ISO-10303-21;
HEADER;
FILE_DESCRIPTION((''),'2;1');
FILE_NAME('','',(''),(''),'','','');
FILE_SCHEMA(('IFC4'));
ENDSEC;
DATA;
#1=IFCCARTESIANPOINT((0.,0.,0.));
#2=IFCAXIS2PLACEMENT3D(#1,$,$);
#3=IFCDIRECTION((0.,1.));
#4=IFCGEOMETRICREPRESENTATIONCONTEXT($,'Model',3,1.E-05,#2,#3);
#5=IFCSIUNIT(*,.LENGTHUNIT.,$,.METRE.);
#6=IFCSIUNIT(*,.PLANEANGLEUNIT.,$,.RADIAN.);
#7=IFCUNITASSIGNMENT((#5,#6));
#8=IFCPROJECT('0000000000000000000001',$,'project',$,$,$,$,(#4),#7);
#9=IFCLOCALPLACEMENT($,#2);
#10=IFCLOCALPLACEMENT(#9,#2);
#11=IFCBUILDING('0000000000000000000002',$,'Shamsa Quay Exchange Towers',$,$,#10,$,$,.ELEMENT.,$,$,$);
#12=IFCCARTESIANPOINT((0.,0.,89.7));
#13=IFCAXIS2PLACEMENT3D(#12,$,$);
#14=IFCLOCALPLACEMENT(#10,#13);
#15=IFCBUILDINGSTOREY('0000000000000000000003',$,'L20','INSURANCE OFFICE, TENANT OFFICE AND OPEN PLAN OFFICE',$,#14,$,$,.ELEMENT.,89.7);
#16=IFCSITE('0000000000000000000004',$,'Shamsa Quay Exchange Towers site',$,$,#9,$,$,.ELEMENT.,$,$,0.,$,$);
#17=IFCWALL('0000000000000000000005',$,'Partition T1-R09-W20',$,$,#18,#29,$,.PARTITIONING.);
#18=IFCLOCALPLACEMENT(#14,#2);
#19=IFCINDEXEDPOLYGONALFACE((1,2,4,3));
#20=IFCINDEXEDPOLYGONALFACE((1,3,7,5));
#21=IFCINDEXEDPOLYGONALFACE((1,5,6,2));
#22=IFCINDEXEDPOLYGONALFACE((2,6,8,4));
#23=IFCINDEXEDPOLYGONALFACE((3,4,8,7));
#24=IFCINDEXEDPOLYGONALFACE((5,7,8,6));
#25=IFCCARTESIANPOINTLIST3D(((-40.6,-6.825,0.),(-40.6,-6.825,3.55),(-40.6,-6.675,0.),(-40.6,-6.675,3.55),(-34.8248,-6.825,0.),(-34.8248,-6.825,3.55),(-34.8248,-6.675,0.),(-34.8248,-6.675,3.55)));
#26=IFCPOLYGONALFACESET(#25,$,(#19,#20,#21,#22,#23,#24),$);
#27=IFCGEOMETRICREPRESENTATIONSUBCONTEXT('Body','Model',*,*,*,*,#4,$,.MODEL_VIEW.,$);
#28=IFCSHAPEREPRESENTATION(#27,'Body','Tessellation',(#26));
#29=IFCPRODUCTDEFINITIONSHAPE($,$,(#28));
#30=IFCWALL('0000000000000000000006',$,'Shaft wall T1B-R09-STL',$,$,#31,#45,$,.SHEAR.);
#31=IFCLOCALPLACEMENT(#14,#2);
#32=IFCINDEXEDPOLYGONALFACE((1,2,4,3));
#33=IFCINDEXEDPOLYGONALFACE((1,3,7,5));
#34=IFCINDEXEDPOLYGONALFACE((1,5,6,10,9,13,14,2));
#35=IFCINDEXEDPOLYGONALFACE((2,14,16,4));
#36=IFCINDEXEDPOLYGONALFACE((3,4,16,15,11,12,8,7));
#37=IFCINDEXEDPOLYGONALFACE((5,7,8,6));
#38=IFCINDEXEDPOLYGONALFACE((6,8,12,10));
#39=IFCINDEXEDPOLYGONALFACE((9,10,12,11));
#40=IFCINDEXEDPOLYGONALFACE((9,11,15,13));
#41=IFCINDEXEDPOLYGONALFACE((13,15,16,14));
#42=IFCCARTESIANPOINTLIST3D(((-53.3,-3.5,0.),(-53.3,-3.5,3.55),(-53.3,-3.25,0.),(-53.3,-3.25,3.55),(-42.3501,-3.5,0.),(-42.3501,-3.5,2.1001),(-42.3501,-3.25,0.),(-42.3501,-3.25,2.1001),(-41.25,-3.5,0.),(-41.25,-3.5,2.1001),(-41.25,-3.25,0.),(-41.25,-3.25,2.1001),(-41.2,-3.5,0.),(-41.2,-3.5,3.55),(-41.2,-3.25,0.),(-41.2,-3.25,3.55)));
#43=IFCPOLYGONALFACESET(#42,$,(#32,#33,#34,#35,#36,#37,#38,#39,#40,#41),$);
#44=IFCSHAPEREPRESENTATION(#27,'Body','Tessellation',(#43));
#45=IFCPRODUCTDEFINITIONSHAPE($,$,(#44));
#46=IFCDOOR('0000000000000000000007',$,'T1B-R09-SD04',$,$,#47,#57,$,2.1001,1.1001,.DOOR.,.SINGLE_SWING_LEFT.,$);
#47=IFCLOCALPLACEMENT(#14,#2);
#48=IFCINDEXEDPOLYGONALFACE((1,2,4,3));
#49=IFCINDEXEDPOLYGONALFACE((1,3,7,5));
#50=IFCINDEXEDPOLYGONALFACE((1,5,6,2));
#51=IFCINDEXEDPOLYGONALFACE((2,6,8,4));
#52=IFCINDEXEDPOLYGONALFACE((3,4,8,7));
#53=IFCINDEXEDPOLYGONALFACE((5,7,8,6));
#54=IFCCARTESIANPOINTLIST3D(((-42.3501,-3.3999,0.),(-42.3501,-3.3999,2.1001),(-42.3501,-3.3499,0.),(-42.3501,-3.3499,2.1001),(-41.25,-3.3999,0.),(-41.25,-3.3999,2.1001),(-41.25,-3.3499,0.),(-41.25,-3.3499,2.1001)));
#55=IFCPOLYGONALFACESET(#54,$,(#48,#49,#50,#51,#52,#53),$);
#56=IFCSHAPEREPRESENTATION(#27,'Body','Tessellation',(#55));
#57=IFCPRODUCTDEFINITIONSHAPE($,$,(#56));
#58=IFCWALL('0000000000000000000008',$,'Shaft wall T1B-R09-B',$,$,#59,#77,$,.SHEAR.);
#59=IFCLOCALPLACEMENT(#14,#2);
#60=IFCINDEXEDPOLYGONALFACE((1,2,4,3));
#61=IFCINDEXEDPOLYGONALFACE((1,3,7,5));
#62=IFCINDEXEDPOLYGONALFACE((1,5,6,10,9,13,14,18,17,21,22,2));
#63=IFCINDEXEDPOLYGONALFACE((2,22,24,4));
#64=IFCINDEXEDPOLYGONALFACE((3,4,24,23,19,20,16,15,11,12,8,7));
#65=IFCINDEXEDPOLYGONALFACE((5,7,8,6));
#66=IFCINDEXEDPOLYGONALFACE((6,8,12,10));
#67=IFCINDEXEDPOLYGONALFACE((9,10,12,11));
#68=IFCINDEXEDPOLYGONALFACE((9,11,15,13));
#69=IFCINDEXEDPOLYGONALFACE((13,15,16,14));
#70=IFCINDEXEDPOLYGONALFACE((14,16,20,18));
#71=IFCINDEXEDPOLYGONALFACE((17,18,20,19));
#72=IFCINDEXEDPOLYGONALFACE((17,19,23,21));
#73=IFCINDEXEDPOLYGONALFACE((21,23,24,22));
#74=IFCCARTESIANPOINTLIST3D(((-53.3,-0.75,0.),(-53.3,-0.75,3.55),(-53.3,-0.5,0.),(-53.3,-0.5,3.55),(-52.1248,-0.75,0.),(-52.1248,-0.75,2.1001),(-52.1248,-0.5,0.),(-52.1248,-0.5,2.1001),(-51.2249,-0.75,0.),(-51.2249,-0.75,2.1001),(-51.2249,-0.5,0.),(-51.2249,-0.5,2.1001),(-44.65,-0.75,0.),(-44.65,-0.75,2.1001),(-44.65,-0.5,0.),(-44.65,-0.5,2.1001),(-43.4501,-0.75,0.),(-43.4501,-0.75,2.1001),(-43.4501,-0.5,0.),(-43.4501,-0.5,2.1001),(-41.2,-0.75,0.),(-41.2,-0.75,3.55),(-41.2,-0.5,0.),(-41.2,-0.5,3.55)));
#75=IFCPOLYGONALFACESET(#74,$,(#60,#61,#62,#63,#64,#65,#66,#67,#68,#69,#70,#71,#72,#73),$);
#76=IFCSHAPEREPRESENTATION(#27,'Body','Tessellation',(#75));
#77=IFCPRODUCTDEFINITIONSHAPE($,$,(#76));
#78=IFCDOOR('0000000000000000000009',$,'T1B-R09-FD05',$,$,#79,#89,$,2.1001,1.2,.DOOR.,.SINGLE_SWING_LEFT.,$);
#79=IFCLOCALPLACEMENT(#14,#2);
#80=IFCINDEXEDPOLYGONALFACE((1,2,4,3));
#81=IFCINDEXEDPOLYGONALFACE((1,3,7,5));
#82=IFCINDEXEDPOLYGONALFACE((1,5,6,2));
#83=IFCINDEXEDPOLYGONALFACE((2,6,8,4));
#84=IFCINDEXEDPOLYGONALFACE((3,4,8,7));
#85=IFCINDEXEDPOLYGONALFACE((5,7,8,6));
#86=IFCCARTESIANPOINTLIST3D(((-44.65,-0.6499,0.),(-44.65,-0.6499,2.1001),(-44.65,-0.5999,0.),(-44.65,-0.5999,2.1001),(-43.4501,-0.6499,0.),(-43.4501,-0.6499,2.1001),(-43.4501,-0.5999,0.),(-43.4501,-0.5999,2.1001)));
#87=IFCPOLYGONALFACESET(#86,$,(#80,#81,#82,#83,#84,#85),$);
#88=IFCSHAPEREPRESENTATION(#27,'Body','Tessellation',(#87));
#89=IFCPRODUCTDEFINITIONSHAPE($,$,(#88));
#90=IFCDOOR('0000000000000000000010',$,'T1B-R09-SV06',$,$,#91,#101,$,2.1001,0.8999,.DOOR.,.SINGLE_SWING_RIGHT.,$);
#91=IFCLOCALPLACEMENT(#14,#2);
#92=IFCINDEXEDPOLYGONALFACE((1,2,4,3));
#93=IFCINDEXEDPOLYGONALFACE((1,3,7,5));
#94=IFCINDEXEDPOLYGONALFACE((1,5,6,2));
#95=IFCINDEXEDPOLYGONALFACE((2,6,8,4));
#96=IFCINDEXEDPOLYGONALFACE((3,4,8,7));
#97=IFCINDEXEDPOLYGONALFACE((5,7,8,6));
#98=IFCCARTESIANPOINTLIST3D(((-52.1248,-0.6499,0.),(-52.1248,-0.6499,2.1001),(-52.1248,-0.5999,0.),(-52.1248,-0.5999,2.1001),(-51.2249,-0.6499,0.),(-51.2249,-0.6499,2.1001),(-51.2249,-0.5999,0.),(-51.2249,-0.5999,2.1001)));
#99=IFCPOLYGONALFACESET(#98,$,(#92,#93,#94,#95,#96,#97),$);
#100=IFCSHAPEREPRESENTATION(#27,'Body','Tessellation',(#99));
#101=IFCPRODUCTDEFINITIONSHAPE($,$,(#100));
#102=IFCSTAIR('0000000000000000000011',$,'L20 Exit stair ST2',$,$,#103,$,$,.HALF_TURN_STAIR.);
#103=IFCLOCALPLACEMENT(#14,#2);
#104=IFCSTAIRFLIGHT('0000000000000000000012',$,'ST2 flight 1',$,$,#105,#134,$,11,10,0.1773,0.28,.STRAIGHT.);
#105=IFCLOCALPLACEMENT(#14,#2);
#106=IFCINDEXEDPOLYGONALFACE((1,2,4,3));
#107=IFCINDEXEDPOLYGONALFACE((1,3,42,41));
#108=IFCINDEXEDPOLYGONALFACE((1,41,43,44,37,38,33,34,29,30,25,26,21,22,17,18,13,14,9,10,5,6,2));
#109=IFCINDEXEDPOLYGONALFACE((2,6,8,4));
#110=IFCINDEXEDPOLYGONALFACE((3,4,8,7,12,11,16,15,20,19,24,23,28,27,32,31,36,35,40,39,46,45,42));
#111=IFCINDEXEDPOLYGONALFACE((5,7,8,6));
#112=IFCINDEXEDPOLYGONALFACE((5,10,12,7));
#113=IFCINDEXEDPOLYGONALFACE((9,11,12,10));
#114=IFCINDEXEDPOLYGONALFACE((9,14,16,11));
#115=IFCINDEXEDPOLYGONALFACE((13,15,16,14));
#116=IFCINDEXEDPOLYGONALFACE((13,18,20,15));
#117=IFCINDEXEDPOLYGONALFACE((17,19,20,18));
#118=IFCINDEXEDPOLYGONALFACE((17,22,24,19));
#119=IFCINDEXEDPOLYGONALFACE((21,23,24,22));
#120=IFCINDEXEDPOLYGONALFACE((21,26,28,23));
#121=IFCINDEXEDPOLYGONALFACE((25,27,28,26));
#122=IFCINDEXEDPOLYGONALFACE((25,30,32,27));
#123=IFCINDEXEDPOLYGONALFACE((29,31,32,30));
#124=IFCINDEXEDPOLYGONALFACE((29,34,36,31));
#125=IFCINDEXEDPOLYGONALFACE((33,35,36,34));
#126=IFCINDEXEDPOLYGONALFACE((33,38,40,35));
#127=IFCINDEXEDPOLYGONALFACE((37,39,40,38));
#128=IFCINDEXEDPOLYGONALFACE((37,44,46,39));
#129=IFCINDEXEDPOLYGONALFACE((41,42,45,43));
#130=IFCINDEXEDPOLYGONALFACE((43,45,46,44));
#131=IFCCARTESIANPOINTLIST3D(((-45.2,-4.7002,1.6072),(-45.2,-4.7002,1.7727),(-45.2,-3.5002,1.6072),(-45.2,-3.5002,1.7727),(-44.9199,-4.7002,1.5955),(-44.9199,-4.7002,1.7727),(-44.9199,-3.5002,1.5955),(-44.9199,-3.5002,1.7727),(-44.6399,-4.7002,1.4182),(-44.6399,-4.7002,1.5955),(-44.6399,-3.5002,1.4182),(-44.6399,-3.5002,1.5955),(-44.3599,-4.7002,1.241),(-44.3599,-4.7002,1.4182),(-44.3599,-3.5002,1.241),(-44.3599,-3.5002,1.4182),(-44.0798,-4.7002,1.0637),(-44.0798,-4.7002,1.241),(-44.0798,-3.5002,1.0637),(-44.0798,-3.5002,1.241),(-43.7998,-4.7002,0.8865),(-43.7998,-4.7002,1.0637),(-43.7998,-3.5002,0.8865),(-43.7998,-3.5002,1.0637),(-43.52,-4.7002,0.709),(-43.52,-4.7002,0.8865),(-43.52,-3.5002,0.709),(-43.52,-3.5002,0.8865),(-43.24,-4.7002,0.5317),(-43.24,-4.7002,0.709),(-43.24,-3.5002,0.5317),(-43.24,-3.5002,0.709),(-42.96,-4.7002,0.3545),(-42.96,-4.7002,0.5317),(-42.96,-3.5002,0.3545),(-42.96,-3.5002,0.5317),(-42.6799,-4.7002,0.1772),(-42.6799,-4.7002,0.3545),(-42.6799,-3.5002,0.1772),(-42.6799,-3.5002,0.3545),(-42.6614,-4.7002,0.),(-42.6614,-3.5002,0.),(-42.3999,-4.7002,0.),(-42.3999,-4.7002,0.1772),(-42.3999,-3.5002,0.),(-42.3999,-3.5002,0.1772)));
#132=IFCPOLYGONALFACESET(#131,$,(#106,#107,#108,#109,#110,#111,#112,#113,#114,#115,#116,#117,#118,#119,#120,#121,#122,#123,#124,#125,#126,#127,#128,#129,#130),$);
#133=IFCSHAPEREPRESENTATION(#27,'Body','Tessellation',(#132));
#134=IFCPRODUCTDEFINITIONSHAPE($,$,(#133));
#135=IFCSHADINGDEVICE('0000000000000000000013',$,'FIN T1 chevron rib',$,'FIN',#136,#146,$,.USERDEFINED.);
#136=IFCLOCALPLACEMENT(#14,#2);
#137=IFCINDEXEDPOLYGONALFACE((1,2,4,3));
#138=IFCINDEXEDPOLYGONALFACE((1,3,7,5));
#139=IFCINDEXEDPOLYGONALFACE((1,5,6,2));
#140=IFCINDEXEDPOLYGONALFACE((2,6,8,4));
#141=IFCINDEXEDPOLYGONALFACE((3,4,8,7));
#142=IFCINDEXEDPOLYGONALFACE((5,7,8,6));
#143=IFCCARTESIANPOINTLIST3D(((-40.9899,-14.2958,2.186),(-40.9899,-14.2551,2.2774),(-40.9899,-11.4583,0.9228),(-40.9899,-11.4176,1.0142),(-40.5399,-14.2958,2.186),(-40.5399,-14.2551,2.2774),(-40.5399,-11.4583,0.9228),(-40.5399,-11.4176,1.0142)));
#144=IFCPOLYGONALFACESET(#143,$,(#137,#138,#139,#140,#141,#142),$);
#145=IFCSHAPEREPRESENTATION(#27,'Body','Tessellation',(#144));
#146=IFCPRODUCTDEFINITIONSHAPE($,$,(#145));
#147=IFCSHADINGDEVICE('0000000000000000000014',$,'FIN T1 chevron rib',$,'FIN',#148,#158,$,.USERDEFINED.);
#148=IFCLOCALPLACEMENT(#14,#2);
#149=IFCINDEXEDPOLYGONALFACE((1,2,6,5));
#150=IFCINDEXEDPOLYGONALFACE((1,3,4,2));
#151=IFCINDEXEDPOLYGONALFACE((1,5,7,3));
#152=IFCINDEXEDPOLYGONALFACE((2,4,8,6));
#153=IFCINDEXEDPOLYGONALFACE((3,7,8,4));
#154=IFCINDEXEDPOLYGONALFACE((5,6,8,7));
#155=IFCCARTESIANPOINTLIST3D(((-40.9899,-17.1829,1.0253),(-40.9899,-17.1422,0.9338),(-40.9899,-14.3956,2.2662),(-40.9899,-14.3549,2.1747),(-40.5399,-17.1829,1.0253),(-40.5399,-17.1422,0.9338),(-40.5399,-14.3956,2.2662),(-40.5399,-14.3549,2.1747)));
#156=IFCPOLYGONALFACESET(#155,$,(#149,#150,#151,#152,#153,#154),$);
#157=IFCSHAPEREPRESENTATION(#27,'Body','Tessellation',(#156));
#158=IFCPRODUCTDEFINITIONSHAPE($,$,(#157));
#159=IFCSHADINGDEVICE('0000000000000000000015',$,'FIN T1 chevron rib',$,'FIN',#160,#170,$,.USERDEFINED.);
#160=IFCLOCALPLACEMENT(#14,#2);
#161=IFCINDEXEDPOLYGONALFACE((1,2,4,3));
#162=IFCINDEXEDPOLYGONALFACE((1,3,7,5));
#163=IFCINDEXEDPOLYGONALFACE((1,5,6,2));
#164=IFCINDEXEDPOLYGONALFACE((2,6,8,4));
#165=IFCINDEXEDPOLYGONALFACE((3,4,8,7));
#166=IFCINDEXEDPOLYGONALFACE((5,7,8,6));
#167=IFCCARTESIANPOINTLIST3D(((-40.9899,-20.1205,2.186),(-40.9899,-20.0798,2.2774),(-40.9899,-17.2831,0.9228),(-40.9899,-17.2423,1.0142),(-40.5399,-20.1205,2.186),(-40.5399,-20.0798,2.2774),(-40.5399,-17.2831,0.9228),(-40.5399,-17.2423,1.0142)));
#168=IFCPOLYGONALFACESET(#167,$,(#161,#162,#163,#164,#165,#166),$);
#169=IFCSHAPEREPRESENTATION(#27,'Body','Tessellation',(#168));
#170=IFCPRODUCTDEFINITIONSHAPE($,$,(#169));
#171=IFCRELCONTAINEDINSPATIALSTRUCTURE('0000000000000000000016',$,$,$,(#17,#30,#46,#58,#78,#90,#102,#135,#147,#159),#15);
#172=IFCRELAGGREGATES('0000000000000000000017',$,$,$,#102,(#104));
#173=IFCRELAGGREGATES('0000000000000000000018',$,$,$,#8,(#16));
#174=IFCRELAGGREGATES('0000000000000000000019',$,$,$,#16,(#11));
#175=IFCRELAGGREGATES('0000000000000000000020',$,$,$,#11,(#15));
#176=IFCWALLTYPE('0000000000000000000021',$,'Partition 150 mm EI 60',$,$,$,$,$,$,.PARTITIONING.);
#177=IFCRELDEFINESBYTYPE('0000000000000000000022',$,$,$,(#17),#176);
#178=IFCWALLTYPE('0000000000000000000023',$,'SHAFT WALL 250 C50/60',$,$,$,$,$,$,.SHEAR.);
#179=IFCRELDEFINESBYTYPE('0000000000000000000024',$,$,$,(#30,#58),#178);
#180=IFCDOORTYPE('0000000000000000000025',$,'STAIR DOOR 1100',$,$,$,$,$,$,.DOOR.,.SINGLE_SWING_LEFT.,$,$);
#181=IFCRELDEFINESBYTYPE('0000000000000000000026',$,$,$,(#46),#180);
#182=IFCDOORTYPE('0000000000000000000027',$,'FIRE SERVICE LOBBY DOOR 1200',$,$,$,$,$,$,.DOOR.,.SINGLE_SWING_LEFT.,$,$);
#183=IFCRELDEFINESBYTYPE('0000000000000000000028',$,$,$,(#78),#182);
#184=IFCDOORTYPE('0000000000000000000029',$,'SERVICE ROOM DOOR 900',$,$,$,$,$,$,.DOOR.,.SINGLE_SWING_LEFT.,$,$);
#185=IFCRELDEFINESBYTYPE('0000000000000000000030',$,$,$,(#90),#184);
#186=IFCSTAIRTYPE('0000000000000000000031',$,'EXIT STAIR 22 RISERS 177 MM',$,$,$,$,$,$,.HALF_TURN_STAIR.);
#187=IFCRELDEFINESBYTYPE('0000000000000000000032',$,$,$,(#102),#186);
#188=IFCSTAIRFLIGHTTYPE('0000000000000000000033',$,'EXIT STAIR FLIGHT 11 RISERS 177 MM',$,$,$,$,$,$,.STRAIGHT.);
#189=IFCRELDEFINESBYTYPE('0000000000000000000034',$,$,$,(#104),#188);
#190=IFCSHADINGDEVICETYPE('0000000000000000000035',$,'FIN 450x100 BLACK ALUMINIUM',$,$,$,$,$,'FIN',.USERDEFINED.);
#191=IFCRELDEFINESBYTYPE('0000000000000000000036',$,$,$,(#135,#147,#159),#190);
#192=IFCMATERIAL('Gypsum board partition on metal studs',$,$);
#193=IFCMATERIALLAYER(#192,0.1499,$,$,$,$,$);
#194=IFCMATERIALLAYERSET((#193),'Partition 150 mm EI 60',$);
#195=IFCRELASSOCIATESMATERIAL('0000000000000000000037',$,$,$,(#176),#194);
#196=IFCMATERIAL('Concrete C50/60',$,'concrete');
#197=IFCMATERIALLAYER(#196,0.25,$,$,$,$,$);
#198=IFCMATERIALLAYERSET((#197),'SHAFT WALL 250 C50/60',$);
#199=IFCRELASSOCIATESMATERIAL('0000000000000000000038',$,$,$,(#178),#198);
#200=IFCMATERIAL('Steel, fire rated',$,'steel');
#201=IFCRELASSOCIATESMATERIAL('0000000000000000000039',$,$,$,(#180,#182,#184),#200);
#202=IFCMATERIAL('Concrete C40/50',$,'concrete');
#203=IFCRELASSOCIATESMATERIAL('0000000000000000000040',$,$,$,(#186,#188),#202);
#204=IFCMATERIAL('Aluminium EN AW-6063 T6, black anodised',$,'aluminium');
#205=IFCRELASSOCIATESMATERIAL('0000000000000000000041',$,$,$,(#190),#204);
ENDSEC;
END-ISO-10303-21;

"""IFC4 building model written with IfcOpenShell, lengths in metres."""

from ifc_helpers import new_model, si_unit, direction, frame, frame_2d, origin, origin_2d, place, context, subcontext, project, spatial, polyline, rectangle, outline, extrude, material, layer, layer_set, material_profile, profile_set, type_object, element, fill, aggregate, save


model = new_model("IFC4")

# Units and contexts
model_context = context("Model", 3, precision=1e-05, world=origin(), true_north=direction((0.0, 1.0)))
body_context = subcontext(model_context, "Body", "Model", "MODEL_VIEW")
ifc_project = project(units=[si_unit("LENGTHUNIT", "METRE"), si_unit("PLANEANGLEUNIT", "RADIAN")], contexts=[model_context])

# Site, building, storey
site_placement = place(None, origin())
site = spatial("IfcSite", under=ifc_project, at=site_placement, Name="Shamsa Quay Exchange Towers site", CompositionType="ELEMENT", RefElevation=0.0)
building_placement = place(site_placement, origin())
building = spatial("IfcBuilding", under=site, at=building_placement, Name="Shamsa Quay Exchange Towers", CompositionType="ELEMENT")
storey_placement = place(building_placement, frame((0.0, 0.0, 89.7)))
storey = spatial("IfcBuildingStorey", under=building, at=storey_placement, Name="L20", Description="INSURANCE OFFICE, TENANT OFFICE AND OPEN PLAN OFFICE", CompositionType="ELEMENT", Elevation=89.7)

# Shared definitions
ifc_material_1 = material(Name="Aluminium EN AW-6063 T6, black anodised", Category="aluminium")

# Shared definitions
ifc_material_2 = material(Name="Steel, fire rated", Category="steel")
ifc_material_3 = material(Name="Gypsum board partition on metal studs")

# Wall
ifc_layer_1 = layer(ifc_material_3, 0.1499)
ifc_layer_set_1 = layer_set([ifc_layer_1], Name="Partition 150 mm EI 60")
wall_type_1 = type_object("IfcWallType", Name="Partition 150 mm EI 60", PredefinedType="PARTITIONING", material=ifc_layer_set_1)
wall_1_placement = place(storey_placement, frame((-40.6001, -6.75, 0.0)))
element("IfcWall", 1, at=wall_1_placement, inside=storey, type_object=wall_type_1, Name="Partition T1-R09-W20", PredefinedType="PARTITIONING", context=body_context, shape_type="SweptSolid", body=[
    extrude(rectangle(XDim=5.7751, YDim=0.1499, at=frame_2d((2.8877, 0.0))), origin(), (0.0, 0.0, 1.0), 3.55),
])

# Wall, opening, door
ifc_material_4 = material(Name="Concrete C50/60", Category="concrete")
ifc_layer_2 = layer(ifc_material_4, 0.25)
ifc_layer_set_2 = layer_set([ifc_layer_2], Name="SHAFT WALL 250 C50/60")
wall_type_2 = type_object("IfcWallType", Name="SHAFT WALL 250 C50/60", PredefinedType="SHEAR", material=ifc_layer_set_2)
wall_2_placement = place(storey_placement, frame((-41.2, -3.375, 0.0), z_axis=(0.0, 0.0, 1.0), x_axis=(-1.0, 0.0, 0.0)))
wall_2 = element("IfcWall", 2, at=wall_2_placement, inside=storey, type_object=wall_type_2, Name="Shaft wall T1B-R09-STL", PredefinedType="SHEAR", context=body_context, shape_type="SweptSolid", body=[
    extrude(rectangle(XDim=12.1001, YDim=0.25, at=frame_2d((6.05, 0.0))), origin(), (0.0, 0.0, 1.0), 3.55),
])
opening_1_placement = place(wall_2_placement, frame((0.05, 0.0, 0.0)))
opening_1 = element("IfcOpeningElement", 3, at=opening_1_placement, cuts=wall_2, PredefinedType="OPENING", context=body_context, shape_type="SweptSolid", body=[
    extrude(rectangle(XDim=1.1001, YDim=2.1001, at=frame_2d((0.55, 1.05))), frame((0.0, 0.135, 0.0), z_axis=(0.0, -1.0, 0.0), x_axis=(1.0, 0.0, 0.0)), (0.0, 0.0, 1.0), 0.27),
])
door_type_1 = type_object("IfcDoorType", Name="STAIR DOOR 1100", OperationType="SINGLE_SWING_LEFT", PredefinedType="DOOR", material=ifc_material_2)
door_1_placement = place(opening_1_placement, origin())
door_1 = element("IfcDoor", 4, at=door_1_placement, inside=storey, type_object=door_type_1, Name="T1B-R09-SD04", OperationType="SINGLE_SWING_LEFT", OverallHeight=2.1001, OverallWidth=1.1001, PredefinedType="DOOR", context=body_context, shape_type="SweptSolid", body=[
    extrude(rectangle(XDim=1.1001, YDim=2.1001, at=frame_2d((0.55, 1.05))), frame((0.0, 0.0249, 0.0), z_axis=(0.0, -1.0, 0.0), x_axis=(1.0, 0.0, 0.0)), (0.0, 0.0, 1.0), 0.05),
])
fill(opening_1, door_1)

# Wall, openings, doors
wall_3_placement = place(storey_placement, frame((-41.2, -0.625, 0.0), z_axis=(0.0, 0.0, 1.0), x_axis=(-1.0, 0.0, 0.0)))
wall_3 = element("IfcWall", 5, at=wall_3_placement, inside=storey, type_object=wall_type_2, Name="Shaft wall T1B-R09-B", PredefinedType="SHEAR", context=body_context, shape_type="SweptSolid", body=[
    extrude(rectangle(XDim=12.1001, YDim=0.25, at=frame_2d((6.05, 0.0))), origin(), (0.0, 0.0, 1.0), 3.55),
])
opening_2_placement = place(wall_3_placement, frame((2.25, 0.0, 0.0)))
opening_2 = element("IfcOpeningElement", 6, at=opening_2_placement, cuts=wall_3, PredefinedType="OPENING", context=body_context, shape_type="SweptSolid", body=[
    extrude(rectangle(XDim=1.2, YDim=2.1001, at=frame_2d((0.6001, 1.05))), frame((0.0, 0.135, 0.0), z_axis=(0.0, -1.0, 0.0), x_axis=(1.0, 0.0, 0.0)), (0.0, 0.0, 1.0), 0.27),
])
opening_3_placement = place(wall_3_placement, frame((10.0249, 0.0, 0.0)))
opening_3 = element("IfcOpeningElement", 7, at=opening_3_placement, cuts=wall_3, PredefinedType="OPENING", context=body_context, shape_type="SweptSolid", body=[
    extrude(rectangle(XDim=0.8999, YDim=2.1001, at=frame_2d((0.45, 1.05))), frame((0.0, 0.135, 0.0), z_axis=(0.0, -1.0, 0.0), x_axis=(1.0, 0.0, 0.0)), (0.0, 0.0, 1.0), 0.27),
])
door_type_2 = type_object("IfcDoorType", Name="FIRE SERVICE LOBBY DOOR 1200", OperationType="SINGLE_SWING_LEFT", PredefinedType="DOOR", material=ifc_material_2)
door_2_placement = place(opening_2_placement, origin())
door_2 = element("IfcDoor", 8, at=door_2_placement, inside=storey, type_object=door_type_2, Name="T1B-R09-FD05", OperationType="SINGLE_SWING_LEFT", OverallHeight=2.1001, OverallWidth=1.2, PredefinedType="DOOR", context=body_context, shape_type="SweptSolid", body=[
    extrude(rectangle(XDim=1.2, YDim=2.1001, at=frame_2d((0.6001, 1.05))), frame((0.0, 0.0249, 0.0), z_axis=(0.0, -1.0, 0.0), x_axis=(1.0, 0.0, 0.0)), (0.0, 0.0, 1.0), 0.05),
])
fill(opening_2, door_2)
door_type_3 = type_object("IfcDoorType", Name="SERVICE ROOM DOOR 900", OperationType="SINGLE_SWING_LEFT", PredefinedType="DOOR", material=ifc_material_2)
door_3_placement = place(opening_3_placement, origin())
door_3 = element("IfcDoor", 9, at=door_3_placement, inside=storey, type_object=door_type_3, Name="T1B-R09-SV06", OperationType="SINGLE_SWING_RIGHT", OverallHeight=2.1001, OverallWidth=0.8999, PredefinedType="DOOR", context=body_context, shape_type="SweptSolid", body=[
    extrude(rectangle(XDim=0.8999, YDim=2.1001, at=frame_2d((0.45, 1.05))), frame((0.0, 0.0249, 0.0), z_axis=(0.0, -1.0, 0.0), x_axis=(1.0, 0.0, 0.0)), (0.0, 0.0, 1.0), 0.05),
])
fill(opening_3, door_3)

# Stair, stair flight
ifc_material_5 = material(Name="Concrete C40/50", Category="concrete")
stair_type = type_object("IfcStairType", Name="EXIT STAIR 22 RISERS 177 MM", PredefinedType="HALF_TURN_STAIR", material=ifc_material_5)
stair_placement = place(storey_placement, origin())
stair = element("IfcStair", 10, at=stair_placement, inside=storey, type_object=stair_type, Name="L20 Exit stair ST2", PredefinedType="HALF_TURN_STAIR")
stair_flight_type = type_object("IfcStairFlightType", Name="EXIT STAIR FLIGHT 11 RISERS 177 MM", PredefinedType="STRAIGHT", material=ifc_material_5)
stair_flight_placement = place(storey_placement, frame((-42.3999, -4.1001, 0.0), z_axis=(0.0, 0.0, 1.0), x_axis=(-1.0, 0.0, 0.0)))
stair_flight = element("IfcStairFlight", 11, at=stair_flight_placement, type_object=stair_flight_type, Name="ST2 flight 1", NumberOfRisers=11, NumberOfTreads=10, PredefinedType="STRAIGHT", RiserHeight=0.1773, TreadLength=0.28, context=body_context, shape_type="SweptSolid", body=[
    extrude(outline(polyline([(0.0, 0.0), (0.0, 0.1772), (0.28, 0.1772), (0.28, 0.3545), (0.5601, 0.3545), (0.5601, 0.5317), (0.8401, 0.5317), (0.8401, 0.709), (1.1201, 0.709), (1.1201, 0.8865), (1.3999, 0.8865), (1.3999, 1.0637), (1.6799, 1.0637), (1.6799, 1.241), (1.96, 1.241), (1.96, 1.4182), (2.24, 1.4182), (2.24, 1.5955), (2.52, 1.5955), (2.52, 1.7727), (2.8, 1.7727), (2.8, 1.95), (2.8, 1.6072), (0.2615, 0.0), (0.0, 0.0)])), frame((0.0, 0.6001, 0.0), z_axis=(0.0, -1.0, 0.0), x_axis=(1.0, 0.0, 0.0)), (0.0, 0.0, 1.0), 1.2),
])
aggregate(stair, [stair_flight])

# Shading devices
ifc_material_profile_1 = material_profile(ifc_material_1, rectangle(XDim=0.45, YDim=0.1001, at=origin_2d()), Name="FIN450x100")
ifc_profile_set_1 = profile_set([ifc_material_profile_1], Name="Aluminium EN AW-6063 T6, black anodised")
shading_device_type = type_object("IfcShadingDeviceType", Name="FIN 450x100 BLACK ALUMINIUM", ElementType="FIN", PredefinedType="USERDEFINED", material=ifc_profile_set_1)
shading_device_1_placement = place(storey_placement, frame((-40.7649, -11.438, 0.9685), z_axis=(0.0, -0.913559, 0.406707), x_axis=(1.0, 0.0, 0.0)))
element("IfcShadingDevice", 12, at=shading_device_1_placement, inside=storey, type_object=shading_device_type, Name="FIN T1 chevron rib", ObjectType="FIN", PredefinedType="USERDEFINED", context=body_context, shape_type="SweptSolid", body=[
    extrude(rectangle(XDim=0.45, YDim=0.1001, at=origin_2d()), origin(), (0.0, 0.0, 1.0), 3.106),
])
shading_device_2_placement = place(storey_placement, frame((-40.7649, -14.3752, 2.2205), z_axis=(0.0, -0.913551, -0.406725), x_axis=(1.0, 0.0, 0.0)))
element("IfcShadingDevice", 13, at=shading_device_2_placement, inside=storey, type_object=shading_device_type, Name="FIN T1 chevron rib", ObjectType="FIN", PredefinedType="USERDEFINED", context=body_context, shape_type="SweptSolid", body=[
    extrude(rectangle(XDim=0.45, YDim=0.1001, at=origin_2d()), origin(), (0.0, 0.0, 1.0), 3.051),
])
shading_device_3_placement = place(storey_placement, frame((-40.7649, -17.2627, 0.9685), z_axis=(0.0, -0.913559, 0.406707), x_axis=(1.0, 0.0, 0.0)))
element("IfcShadingDevice", 14, at=shading_device_3_placement, inside=storey, type_object=shading_device_type, Name="FIN T1 chevron rib", ObjectType="FIN", PredefinedType="USERDEFINED", context=body_context, shape_type="SweptSolid", body=[
    extrude(rectangle(XDim=0.45, YDim=0.1001, at=origin_2d()), origin(), (0.0, 0.0, 1.0), 3.106),
])

save(model, "model.ifc")
